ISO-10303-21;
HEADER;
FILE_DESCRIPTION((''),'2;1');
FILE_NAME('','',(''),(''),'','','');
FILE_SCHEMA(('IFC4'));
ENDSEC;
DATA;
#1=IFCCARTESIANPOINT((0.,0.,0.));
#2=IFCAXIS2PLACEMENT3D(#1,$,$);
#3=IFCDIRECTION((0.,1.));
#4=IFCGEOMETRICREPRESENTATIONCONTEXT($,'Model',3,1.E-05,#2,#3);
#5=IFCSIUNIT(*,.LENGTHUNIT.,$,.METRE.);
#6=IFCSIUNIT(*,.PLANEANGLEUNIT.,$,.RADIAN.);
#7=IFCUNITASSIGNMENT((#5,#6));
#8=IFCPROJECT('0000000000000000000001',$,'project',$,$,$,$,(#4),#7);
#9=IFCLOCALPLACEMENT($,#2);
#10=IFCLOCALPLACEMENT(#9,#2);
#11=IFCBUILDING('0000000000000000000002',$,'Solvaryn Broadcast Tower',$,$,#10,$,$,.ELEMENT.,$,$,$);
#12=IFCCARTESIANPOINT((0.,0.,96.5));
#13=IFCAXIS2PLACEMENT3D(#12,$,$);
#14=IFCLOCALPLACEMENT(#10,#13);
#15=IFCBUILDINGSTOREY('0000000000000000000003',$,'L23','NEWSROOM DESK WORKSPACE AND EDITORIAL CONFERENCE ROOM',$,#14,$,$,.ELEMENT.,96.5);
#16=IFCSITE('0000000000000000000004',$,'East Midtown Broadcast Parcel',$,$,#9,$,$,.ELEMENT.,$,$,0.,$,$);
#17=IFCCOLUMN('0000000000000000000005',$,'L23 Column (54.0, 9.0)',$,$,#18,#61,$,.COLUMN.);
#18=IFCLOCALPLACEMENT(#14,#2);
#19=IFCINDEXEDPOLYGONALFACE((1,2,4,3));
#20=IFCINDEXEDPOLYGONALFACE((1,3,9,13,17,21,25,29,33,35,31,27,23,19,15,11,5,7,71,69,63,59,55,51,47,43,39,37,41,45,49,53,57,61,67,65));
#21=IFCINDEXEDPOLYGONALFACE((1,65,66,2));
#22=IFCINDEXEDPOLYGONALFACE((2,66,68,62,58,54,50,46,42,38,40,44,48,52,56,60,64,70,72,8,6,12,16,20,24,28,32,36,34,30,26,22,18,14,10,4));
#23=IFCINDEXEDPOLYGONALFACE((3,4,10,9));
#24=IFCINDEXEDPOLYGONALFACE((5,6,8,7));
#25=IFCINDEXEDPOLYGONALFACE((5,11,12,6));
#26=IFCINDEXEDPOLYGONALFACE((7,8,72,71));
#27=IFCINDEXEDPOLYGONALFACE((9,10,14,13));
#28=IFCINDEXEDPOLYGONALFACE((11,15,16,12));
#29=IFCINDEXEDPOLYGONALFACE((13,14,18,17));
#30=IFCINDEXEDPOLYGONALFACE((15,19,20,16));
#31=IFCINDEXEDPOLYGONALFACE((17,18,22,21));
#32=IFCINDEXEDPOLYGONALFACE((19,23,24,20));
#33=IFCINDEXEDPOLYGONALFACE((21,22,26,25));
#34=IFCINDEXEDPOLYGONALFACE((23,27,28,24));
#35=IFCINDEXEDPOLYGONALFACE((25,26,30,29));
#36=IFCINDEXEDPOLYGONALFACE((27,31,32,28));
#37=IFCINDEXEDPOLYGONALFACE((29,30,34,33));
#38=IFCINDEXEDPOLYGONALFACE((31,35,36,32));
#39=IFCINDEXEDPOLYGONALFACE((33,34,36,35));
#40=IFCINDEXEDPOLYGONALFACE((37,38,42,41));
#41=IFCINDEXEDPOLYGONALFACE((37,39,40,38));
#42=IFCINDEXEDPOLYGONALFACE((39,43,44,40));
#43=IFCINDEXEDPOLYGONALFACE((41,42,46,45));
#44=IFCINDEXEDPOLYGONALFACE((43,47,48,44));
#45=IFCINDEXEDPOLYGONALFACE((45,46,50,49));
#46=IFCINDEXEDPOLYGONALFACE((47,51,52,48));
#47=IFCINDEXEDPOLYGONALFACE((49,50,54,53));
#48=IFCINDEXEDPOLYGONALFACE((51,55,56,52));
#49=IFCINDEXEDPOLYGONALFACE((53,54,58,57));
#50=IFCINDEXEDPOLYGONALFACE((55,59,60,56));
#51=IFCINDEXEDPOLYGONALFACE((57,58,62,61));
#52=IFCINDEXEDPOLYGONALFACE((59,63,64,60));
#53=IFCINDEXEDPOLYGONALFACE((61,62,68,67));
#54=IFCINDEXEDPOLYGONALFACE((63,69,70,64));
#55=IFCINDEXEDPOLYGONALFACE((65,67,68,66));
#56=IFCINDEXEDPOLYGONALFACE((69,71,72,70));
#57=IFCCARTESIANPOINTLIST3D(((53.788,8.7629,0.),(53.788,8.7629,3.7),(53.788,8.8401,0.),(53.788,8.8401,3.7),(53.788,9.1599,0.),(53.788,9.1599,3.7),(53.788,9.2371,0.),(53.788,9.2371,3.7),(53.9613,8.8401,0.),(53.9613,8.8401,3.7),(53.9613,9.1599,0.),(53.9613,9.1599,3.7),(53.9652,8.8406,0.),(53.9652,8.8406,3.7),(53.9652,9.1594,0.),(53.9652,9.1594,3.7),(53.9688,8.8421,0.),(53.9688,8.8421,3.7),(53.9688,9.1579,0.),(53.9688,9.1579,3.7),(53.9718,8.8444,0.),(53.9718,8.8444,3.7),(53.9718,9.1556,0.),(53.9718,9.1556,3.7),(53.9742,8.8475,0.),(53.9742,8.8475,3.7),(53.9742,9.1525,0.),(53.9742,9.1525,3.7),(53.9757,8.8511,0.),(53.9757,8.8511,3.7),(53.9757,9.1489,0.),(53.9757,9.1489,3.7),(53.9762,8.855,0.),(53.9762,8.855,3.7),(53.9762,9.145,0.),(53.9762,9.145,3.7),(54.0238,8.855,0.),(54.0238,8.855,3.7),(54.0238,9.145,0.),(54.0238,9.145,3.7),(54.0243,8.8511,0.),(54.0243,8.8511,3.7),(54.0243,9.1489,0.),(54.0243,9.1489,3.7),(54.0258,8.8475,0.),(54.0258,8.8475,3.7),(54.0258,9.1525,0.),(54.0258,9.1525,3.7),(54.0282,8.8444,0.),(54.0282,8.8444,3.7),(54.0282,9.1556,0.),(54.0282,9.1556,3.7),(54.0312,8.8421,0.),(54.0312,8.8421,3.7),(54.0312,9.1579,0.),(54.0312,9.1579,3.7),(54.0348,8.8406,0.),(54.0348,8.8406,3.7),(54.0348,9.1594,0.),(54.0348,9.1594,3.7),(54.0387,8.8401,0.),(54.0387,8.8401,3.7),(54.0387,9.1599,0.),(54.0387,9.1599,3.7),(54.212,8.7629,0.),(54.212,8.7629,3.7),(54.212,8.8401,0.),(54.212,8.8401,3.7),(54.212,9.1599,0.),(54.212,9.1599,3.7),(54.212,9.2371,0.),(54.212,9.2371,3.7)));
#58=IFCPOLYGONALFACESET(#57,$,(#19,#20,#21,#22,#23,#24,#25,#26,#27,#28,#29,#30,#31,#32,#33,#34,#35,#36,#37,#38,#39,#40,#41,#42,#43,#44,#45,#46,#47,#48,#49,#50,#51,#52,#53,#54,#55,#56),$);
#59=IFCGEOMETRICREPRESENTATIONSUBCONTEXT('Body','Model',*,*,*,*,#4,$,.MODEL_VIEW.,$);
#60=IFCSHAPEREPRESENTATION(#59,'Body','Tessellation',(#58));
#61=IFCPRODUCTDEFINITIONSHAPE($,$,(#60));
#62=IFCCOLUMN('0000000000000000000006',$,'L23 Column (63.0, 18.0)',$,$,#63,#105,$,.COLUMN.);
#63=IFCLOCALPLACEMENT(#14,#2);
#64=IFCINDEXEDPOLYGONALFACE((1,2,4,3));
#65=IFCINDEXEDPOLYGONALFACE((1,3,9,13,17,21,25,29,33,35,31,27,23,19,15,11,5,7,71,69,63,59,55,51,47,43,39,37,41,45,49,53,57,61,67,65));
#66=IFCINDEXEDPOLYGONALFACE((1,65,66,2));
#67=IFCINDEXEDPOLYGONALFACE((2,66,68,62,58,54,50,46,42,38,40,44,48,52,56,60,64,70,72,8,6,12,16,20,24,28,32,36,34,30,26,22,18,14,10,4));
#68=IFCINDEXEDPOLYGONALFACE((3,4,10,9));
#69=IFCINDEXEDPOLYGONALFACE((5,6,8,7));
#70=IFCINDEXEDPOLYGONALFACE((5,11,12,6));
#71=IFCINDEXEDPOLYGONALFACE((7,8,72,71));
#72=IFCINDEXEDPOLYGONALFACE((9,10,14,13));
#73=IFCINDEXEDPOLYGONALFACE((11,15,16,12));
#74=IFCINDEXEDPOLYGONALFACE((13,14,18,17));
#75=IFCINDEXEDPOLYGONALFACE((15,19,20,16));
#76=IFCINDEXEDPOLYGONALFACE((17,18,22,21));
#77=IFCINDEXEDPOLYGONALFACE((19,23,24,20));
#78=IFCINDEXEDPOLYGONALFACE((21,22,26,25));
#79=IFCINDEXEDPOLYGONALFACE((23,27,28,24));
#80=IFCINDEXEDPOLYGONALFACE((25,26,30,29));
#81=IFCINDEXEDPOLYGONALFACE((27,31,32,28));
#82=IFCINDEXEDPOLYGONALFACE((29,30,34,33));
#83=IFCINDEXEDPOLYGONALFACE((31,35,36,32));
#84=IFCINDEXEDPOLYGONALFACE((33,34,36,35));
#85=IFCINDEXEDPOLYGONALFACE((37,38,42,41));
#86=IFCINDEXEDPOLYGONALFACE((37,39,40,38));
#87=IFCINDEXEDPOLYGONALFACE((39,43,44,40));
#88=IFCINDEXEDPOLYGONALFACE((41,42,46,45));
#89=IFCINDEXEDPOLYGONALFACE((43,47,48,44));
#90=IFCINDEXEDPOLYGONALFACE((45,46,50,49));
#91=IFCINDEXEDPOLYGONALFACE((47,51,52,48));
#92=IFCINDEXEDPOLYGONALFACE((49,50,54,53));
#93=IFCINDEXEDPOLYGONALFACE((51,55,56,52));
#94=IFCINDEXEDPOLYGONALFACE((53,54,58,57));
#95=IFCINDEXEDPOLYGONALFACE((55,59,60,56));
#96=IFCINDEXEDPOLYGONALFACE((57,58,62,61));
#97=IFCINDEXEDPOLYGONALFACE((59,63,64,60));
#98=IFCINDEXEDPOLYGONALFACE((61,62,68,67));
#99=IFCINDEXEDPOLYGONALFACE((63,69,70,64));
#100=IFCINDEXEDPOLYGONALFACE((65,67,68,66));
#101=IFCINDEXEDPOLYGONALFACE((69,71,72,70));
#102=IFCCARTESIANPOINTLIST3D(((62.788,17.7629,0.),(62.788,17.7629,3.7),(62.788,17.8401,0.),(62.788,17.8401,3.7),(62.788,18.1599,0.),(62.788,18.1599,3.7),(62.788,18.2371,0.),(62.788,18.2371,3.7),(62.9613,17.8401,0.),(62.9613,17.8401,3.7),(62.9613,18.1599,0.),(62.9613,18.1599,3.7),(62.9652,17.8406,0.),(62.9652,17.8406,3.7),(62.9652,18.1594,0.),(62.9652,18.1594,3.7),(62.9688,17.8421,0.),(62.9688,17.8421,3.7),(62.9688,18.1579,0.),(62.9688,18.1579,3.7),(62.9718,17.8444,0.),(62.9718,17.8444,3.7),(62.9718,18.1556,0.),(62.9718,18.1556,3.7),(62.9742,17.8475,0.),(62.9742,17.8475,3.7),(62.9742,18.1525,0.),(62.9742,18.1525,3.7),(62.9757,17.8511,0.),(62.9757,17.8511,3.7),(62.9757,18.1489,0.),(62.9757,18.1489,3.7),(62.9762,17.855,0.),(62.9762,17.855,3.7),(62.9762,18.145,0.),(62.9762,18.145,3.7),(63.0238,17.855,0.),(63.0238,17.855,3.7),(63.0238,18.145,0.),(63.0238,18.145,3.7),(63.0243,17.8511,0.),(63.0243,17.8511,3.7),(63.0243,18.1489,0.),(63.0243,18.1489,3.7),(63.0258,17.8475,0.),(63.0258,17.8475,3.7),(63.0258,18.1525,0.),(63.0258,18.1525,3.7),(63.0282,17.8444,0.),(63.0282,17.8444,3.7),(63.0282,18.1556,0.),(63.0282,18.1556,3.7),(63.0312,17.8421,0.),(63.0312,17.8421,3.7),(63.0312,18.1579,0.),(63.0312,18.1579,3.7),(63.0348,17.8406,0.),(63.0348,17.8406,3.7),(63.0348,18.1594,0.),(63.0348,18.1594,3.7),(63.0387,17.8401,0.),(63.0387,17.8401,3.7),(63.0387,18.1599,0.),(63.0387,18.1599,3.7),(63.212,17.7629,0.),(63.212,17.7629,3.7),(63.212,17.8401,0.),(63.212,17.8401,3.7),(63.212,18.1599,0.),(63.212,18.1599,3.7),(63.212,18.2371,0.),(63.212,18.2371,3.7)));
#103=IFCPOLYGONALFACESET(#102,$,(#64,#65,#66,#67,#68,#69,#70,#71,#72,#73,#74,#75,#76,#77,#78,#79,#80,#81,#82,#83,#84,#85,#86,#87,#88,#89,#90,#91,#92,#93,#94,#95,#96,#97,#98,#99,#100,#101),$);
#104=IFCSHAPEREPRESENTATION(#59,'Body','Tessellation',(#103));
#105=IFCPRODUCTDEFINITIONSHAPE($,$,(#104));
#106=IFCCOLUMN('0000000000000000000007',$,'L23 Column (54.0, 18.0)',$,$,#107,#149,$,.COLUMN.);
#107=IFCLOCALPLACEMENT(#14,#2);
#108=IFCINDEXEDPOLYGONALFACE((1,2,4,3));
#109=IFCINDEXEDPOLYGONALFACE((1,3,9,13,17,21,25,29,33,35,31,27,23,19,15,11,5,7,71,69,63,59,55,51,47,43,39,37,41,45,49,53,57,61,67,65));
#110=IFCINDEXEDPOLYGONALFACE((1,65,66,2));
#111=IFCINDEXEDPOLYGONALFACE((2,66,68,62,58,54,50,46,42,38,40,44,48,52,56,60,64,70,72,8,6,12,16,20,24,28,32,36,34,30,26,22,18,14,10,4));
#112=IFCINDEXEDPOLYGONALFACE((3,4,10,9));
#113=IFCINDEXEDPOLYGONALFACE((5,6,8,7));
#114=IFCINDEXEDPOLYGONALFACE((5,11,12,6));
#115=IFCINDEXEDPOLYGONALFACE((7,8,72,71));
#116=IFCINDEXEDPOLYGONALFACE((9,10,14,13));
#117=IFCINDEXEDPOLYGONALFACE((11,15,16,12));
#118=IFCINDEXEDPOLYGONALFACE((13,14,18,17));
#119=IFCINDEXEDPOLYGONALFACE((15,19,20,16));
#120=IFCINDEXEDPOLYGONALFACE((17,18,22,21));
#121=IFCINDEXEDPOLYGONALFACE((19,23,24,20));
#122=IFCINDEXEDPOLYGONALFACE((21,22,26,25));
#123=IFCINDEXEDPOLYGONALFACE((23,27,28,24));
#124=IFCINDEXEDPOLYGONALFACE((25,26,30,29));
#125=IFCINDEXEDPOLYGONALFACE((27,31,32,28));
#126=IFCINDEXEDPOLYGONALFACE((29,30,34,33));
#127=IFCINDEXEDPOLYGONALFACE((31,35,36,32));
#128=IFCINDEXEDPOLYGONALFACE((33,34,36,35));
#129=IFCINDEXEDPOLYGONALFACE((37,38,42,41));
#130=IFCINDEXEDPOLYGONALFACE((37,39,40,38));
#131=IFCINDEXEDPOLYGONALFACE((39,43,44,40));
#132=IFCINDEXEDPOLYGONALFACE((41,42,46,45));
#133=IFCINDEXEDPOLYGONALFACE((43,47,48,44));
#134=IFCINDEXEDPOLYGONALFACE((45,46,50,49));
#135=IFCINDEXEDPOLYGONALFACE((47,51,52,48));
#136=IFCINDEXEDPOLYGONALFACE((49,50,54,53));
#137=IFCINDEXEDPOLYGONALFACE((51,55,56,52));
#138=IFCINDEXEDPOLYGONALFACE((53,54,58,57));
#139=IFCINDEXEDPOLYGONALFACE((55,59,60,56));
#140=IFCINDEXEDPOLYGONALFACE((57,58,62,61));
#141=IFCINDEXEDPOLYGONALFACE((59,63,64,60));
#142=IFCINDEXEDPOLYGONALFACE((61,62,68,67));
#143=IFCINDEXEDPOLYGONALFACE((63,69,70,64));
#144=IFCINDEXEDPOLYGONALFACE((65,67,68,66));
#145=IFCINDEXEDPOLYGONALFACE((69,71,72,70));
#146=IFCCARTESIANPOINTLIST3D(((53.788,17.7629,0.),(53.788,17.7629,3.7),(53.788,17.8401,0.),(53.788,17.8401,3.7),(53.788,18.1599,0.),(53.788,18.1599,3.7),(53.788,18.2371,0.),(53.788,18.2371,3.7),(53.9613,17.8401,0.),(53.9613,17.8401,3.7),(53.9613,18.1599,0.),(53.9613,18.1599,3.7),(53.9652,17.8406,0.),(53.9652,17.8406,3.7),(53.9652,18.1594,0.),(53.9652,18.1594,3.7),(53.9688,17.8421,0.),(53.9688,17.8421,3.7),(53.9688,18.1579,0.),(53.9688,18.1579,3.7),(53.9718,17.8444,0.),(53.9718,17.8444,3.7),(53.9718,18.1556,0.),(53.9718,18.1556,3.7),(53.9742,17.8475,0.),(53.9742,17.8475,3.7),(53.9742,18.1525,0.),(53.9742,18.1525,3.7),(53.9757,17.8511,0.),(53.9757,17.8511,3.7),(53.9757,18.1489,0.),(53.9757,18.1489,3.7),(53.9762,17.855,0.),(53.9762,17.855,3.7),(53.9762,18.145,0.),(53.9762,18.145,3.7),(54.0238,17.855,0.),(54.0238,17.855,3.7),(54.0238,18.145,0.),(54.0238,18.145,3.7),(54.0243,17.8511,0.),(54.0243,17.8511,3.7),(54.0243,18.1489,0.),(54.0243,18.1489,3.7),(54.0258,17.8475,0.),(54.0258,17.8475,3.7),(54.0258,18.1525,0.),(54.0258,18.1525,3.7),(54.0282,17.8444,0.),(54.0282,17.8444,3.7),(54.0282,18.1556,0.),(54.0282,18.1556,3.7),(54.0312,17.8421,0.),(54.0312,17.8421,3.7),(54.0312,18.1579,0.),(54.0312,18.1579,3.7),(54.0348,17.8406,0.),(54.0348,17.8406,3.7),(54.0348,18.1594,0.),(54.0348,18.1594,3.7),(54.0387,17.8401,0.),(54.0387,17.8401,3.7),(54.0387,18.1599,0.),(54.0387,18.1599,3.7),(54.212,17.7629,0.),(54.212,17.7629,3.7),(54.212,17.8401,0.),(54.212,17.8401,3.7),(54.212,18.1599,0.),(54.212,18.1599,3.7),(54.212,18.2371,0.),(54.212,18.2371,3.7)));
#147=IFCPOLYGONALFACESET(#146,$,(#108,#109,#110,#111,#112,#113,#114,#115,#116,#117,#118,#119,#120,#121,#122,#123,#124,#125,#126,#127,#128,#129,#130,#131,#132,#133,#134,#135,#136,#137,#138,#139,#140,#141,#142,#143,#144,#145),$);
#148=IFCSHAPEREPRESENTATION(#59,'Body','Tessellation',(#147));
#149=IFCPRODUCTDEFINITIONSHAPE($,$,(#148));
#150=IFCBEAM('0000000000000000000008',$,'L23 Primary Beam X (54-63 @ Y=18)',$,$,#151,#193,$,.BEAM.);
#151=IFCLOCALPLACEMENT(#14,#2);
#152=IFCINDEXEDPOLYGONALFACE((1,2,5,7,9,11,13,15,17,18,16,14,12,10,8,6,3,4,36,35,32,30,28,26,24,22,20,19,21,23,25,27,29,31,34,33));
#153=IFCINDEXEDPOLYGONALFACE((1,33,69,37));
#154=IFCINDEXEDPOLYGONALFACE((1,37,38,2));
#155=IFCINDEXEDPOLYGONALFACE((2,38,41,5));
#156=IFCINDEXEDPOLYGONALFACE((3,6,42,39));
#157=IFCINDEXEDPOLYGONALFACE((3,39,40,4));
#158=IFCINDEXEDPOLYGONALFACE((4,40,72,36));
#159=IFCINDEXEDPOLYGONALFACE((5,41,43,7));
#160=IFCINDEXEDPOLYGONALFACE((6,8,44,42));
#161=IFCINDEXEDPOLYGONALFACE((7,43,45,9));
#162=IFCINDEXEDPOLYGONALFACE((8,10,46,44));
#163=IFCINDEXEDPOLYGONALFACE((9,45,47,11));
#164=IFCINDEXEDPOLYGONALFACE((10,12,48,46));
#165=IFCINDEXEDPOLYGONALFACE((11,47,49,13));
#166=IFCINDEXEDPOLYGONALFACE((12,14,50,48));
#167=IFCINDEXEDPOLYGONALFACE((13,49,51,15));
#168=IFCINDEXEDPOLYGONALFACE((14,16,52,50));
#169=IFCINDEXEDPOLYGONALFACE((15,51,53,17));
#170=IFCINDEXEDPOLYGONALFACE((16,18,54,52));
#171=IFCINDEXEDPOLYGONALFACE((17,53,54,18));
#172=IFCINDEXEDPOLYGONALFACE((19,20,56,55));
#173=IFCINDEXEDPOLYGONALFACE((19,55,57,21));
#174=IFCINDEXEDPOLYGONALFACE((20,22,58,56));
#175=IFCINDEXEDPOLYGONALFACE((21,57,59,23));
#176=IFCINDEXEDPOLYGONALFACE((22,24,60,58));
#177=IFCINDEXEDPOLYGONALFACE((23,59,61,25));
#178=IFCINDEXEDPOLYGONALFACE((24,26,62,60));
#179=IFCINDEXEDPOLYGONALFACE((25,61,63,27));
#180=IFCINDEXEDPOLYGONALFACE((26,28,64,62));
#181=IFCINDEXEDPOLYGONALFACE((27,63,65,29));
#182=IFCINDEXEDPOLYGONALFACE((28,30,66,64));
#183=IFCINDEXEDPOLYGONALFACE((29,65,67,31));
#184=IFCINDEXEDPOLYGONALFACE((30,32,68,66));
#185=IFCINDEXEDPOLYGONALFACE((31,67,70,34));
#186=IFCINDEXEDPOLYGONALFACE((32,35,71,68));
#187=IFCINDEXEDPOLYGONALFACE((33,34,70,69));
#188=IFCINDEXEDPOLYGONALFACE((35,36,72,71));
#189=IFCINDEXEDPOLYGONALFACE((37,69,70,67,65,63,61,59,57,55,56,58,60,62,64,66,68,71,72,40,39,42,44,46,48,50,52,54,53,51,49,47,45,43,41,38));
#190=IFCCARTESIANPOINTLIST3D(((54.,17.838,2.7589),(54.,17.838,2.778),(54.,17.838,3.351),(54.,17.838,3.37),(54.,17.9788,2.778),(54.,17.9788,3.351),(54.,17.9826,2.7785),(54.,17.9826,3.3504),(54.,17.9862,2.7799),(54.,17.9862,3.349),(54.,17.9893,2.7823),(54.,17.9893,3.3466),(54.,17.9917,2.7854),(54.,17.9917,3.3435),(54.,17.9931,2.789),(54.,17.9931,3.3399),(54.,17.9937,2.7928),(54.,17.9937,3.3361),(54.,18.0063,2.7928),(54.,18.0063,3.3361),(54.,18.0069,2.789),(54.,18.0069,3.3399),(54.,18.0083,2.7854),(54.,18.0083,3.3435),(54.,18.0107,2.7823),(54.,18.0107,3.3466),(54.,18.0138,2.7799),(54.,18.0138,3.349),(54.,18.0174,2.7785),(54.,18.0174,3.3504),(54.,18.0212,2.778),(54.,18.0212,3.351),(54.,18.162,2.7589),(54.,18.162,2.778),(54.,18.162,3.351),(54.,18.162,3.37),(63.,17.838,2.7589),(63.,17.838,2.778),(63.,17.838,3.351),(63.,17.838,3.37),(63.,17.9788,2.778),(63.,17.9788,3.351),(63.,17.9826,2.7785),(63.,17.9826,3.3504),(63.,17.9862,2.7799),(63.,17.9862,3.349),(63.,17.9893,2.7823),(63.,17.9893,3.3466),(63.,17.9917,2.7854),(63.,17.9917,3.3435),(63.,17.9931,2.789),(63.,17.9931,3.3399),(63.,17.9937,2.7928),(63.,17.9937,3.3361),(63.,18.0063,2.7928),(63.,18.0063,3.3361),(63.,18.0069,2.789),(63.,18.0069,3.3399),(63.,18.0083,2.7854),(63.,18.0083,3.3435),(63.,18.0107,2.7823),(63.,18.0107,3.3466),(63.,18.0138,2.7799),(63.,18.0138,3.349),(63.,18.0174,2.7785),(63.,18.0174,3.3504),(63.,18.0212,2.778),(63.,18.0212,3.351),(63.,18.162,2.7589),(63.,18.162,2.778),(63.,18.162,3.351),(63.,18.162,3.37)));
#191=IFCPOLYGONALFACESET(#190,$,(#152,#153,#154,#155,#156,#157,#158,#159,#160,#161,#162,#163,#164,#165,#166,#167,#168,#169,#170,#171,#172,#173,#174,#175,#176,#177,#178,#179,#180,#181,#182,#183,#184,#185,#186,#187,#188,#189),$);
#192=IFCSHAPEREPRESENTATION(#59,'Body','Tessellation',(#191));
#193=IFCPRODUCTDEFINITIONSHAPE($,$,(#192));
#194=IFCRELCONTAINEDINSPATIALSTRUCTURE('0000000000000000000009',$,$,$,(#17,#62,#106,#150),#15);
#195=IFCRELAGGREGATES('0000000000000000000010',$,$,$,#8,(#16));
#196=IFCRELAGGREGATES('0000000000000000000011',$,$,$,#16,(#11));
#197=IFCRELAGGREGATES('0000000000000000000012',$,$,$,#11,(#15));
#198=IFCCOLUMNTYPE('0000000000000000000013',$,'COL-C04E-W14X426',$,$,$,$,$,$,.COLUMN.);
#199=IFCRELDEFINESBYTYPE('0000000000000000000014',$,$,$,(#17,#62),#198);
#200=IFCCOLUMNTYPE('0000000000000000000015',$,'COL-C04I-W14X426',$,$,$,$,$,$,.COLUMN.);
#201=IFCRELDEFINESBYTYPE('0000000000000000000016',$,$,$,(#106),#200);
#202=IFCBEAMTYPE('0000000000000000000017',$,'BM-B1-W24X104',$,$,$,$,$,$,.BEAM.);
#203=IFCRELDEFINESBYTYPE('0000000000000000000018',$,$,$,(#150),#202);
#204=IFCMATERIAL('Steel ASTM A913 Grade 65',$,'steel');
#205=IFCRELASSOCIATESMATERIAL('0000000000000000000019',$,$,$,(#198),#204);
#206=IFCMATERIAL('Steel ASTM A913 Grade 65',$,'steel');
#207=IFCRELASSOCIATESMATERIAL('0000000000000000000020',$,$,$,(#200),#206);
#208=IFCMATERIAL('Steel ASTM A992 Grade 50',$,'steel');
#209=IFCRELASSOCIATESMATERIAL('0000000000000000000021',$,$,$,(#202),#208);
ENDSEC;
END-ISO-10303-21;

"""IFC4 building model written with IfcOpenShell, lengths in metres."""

from ifc_helpers import new_model, si_unit, direction, frame, origin, origin_2d, place, context, subcontext, project, spatial, i_section, extrude, material, material_profile, profile_set, type_object, element, save


model = new_model("IFC4")

# Units and contexts
model_context = context("Model", 3, precision=1e-05, world=origin(), true_north=direction((0.0, 1.0)))
body_context = subcontext(model_context, "Body", "Model", "MODEL_VIEW")
ifc_project = project(units=[si_unit("LENGTHUNIT", "METRE"), si_unit("PLANEANGLEUNIT", "RADIAN")], contexts=[model_context])

# Site, building, storey
site_placement = place(None, origin())
site = spatial("IfcSite", under=ifc_project, at=site_placement, Name="East Midtown Broadcast Parcel", CompositionType="ELEMENT", RefElevation=0.0)
building_placement = place(site_placement, origin())
building = spatial("IfcBuilding", under=site, at=building_placement, Name="Solvaryn Broadcast Tower", CompositionType="ELEMENT")
storey_placement = place(building_placement, frame((0.0, 0.0, 96.5)))
storey = spatial("IfcBuildingStorey", under=building, at=storey_placement, Name="L23", Description="NEWSROOM DESK WORKSPACE AND EDITORIAL CONFERENCE ROOM", CompositionType="ELEMENT", Elevation=96.5)

# Columns
ifc_material_1 = material(Name="Steel ASTM A913 Grade 65", Category="steel")
ifc_material_profile_1 = material_profile(ifc_material_1, i_section(OverallWidth=0.4241, OverallDepth=0.4741, WebThickness=0.0476, FlangeThickness=0.0771, FilletRadius=0.0149, at=origin_2d()))
ifc_profile_set_1 = profile_set([ifc_material_profile_1], Name="Steel ASTM A913 Grade 65")
column_type_1 = type_object("IfcColumnType", Name="COL-C04E-W14X426", PredefinedType="COLUMN", material=ifc_profile_set_1)
for number, where, z_axis, x_axis, name in (
    (1, (54.0, 9.0, 0.0), (0.0, 0.0, 1.0), (1.0, 0.0, 0.0), "L23 Column (54.0, 9.0)"),
    (2, (63.0, 18.0, 0.0), (0.0, 0.0, 1.0), (1.0, 0.0, 0.0), "L23 Column (63.0, 18.0)"),
):
    element("IfcColumn", number, at=place(storey_placement, frame(where, z_axis=z_axis, x_axis=x_axis)), inside=storey, type_object=column_type_1, Name=name, PredefinedType="COLUMN", context=body_context, shape_type="SweptSolid", body=[
        extrude(i_section(OverallWidth=0.4241, OverallDepth=0.4741, WebThickness=0.0476, FlangeThickness=0.0771, FilletRadius=0.0149, at=origin_2d()), origin(), (0.0, 0.0, 1.0), 3.7),
    ])
ifc_material_2 = material(Name="Steel ASTM A913 Grade 65", Category="steel")
ifc_material_profile_2 = material_profile(ifc_material_2, i_section(OverallWidth=0.4241, OverallDepth=0.4741, WebThickness=0.0476, FlangeThickness=0.0771, FilletRadius=0.0149, at=origin_2d()))
ifc_profile_set_2 = profile_set([ifc_material_profile_2], Name="Steel ASTM A913 Grade 65")
column_type_2 = type_object("IfcColumnType", Name="COL-C04I-W14X426", PredefinedType="COLUMN", material=ifc_profile_set_2)
column_placement = place(storey_placement, frame((54.0, 18.0, 0.0), z_axis=(0.0, 0.0, 1.0), x_axis=(1.0, 0.0, 0.0)))
element("IfcColumn", 3, at=column_placement, inside=storey, type_object=column_type_2, Name="L23 Column (54.0, 18.0)", PredefinedType="COLUMN", context=body_context, shape_type="SweptSolid", body=[
    extrude(i_section(OverallWidth=0.4241, OverallDepth=0.4741, WebThickness=0.0476, FlangeThickness=0.0771, FilletRadius=0.0149, at=origin_2d()), origin(), (0.0, 0.0, 1.0), 3.7),
])

# Beam
ifc_material_3 = material(Name="Steel ASTM A992 Grade 50", Category="steel")
ifc_material_profile_3 = material_profile(ifc_material_3, i_section(OverallWidth=0.324, OverallDepth=0.6111, WebThickness=0.0127, FlangeThickness=0.019, FilletRadius=0.0149, at=origin_2d()))
ifc_profile_set_3 = profile_set([ifc_material_profile_3], Name="Steel ASTM A992 Grade 50")
beam_type = type_object("IfcBeamType", Name="BM-B1-W24X104", PredefinedType="BEAM", material=ifc_profile_set_3)
beam_placement = place(storey_placement, frame((54.0, 18.0, 3.0645), z_axis=(1.0, 0.0, 0.0), x_axis=(0.0, 1.0, 0.0)))
element("IfcBeam", 4, at=beam_placement, inside=storey, type_object=beam_type, Name="L23 Primary Beam X (54-63 @ Y=18)", PredefinedType="BEAM", context=body_context, shape_type="SweptSolid", body=[
    extrude(i_section(OverallWidth=0.324, OverallDepth=0.6111, WebThickness=0.0127, FlangeThickness=0.019, FilletRadius=0.0149, at=origin_2d()), origin(), (0.0, 0.0, 1.0), 9.0),
])

save(model, "model.ifc")
